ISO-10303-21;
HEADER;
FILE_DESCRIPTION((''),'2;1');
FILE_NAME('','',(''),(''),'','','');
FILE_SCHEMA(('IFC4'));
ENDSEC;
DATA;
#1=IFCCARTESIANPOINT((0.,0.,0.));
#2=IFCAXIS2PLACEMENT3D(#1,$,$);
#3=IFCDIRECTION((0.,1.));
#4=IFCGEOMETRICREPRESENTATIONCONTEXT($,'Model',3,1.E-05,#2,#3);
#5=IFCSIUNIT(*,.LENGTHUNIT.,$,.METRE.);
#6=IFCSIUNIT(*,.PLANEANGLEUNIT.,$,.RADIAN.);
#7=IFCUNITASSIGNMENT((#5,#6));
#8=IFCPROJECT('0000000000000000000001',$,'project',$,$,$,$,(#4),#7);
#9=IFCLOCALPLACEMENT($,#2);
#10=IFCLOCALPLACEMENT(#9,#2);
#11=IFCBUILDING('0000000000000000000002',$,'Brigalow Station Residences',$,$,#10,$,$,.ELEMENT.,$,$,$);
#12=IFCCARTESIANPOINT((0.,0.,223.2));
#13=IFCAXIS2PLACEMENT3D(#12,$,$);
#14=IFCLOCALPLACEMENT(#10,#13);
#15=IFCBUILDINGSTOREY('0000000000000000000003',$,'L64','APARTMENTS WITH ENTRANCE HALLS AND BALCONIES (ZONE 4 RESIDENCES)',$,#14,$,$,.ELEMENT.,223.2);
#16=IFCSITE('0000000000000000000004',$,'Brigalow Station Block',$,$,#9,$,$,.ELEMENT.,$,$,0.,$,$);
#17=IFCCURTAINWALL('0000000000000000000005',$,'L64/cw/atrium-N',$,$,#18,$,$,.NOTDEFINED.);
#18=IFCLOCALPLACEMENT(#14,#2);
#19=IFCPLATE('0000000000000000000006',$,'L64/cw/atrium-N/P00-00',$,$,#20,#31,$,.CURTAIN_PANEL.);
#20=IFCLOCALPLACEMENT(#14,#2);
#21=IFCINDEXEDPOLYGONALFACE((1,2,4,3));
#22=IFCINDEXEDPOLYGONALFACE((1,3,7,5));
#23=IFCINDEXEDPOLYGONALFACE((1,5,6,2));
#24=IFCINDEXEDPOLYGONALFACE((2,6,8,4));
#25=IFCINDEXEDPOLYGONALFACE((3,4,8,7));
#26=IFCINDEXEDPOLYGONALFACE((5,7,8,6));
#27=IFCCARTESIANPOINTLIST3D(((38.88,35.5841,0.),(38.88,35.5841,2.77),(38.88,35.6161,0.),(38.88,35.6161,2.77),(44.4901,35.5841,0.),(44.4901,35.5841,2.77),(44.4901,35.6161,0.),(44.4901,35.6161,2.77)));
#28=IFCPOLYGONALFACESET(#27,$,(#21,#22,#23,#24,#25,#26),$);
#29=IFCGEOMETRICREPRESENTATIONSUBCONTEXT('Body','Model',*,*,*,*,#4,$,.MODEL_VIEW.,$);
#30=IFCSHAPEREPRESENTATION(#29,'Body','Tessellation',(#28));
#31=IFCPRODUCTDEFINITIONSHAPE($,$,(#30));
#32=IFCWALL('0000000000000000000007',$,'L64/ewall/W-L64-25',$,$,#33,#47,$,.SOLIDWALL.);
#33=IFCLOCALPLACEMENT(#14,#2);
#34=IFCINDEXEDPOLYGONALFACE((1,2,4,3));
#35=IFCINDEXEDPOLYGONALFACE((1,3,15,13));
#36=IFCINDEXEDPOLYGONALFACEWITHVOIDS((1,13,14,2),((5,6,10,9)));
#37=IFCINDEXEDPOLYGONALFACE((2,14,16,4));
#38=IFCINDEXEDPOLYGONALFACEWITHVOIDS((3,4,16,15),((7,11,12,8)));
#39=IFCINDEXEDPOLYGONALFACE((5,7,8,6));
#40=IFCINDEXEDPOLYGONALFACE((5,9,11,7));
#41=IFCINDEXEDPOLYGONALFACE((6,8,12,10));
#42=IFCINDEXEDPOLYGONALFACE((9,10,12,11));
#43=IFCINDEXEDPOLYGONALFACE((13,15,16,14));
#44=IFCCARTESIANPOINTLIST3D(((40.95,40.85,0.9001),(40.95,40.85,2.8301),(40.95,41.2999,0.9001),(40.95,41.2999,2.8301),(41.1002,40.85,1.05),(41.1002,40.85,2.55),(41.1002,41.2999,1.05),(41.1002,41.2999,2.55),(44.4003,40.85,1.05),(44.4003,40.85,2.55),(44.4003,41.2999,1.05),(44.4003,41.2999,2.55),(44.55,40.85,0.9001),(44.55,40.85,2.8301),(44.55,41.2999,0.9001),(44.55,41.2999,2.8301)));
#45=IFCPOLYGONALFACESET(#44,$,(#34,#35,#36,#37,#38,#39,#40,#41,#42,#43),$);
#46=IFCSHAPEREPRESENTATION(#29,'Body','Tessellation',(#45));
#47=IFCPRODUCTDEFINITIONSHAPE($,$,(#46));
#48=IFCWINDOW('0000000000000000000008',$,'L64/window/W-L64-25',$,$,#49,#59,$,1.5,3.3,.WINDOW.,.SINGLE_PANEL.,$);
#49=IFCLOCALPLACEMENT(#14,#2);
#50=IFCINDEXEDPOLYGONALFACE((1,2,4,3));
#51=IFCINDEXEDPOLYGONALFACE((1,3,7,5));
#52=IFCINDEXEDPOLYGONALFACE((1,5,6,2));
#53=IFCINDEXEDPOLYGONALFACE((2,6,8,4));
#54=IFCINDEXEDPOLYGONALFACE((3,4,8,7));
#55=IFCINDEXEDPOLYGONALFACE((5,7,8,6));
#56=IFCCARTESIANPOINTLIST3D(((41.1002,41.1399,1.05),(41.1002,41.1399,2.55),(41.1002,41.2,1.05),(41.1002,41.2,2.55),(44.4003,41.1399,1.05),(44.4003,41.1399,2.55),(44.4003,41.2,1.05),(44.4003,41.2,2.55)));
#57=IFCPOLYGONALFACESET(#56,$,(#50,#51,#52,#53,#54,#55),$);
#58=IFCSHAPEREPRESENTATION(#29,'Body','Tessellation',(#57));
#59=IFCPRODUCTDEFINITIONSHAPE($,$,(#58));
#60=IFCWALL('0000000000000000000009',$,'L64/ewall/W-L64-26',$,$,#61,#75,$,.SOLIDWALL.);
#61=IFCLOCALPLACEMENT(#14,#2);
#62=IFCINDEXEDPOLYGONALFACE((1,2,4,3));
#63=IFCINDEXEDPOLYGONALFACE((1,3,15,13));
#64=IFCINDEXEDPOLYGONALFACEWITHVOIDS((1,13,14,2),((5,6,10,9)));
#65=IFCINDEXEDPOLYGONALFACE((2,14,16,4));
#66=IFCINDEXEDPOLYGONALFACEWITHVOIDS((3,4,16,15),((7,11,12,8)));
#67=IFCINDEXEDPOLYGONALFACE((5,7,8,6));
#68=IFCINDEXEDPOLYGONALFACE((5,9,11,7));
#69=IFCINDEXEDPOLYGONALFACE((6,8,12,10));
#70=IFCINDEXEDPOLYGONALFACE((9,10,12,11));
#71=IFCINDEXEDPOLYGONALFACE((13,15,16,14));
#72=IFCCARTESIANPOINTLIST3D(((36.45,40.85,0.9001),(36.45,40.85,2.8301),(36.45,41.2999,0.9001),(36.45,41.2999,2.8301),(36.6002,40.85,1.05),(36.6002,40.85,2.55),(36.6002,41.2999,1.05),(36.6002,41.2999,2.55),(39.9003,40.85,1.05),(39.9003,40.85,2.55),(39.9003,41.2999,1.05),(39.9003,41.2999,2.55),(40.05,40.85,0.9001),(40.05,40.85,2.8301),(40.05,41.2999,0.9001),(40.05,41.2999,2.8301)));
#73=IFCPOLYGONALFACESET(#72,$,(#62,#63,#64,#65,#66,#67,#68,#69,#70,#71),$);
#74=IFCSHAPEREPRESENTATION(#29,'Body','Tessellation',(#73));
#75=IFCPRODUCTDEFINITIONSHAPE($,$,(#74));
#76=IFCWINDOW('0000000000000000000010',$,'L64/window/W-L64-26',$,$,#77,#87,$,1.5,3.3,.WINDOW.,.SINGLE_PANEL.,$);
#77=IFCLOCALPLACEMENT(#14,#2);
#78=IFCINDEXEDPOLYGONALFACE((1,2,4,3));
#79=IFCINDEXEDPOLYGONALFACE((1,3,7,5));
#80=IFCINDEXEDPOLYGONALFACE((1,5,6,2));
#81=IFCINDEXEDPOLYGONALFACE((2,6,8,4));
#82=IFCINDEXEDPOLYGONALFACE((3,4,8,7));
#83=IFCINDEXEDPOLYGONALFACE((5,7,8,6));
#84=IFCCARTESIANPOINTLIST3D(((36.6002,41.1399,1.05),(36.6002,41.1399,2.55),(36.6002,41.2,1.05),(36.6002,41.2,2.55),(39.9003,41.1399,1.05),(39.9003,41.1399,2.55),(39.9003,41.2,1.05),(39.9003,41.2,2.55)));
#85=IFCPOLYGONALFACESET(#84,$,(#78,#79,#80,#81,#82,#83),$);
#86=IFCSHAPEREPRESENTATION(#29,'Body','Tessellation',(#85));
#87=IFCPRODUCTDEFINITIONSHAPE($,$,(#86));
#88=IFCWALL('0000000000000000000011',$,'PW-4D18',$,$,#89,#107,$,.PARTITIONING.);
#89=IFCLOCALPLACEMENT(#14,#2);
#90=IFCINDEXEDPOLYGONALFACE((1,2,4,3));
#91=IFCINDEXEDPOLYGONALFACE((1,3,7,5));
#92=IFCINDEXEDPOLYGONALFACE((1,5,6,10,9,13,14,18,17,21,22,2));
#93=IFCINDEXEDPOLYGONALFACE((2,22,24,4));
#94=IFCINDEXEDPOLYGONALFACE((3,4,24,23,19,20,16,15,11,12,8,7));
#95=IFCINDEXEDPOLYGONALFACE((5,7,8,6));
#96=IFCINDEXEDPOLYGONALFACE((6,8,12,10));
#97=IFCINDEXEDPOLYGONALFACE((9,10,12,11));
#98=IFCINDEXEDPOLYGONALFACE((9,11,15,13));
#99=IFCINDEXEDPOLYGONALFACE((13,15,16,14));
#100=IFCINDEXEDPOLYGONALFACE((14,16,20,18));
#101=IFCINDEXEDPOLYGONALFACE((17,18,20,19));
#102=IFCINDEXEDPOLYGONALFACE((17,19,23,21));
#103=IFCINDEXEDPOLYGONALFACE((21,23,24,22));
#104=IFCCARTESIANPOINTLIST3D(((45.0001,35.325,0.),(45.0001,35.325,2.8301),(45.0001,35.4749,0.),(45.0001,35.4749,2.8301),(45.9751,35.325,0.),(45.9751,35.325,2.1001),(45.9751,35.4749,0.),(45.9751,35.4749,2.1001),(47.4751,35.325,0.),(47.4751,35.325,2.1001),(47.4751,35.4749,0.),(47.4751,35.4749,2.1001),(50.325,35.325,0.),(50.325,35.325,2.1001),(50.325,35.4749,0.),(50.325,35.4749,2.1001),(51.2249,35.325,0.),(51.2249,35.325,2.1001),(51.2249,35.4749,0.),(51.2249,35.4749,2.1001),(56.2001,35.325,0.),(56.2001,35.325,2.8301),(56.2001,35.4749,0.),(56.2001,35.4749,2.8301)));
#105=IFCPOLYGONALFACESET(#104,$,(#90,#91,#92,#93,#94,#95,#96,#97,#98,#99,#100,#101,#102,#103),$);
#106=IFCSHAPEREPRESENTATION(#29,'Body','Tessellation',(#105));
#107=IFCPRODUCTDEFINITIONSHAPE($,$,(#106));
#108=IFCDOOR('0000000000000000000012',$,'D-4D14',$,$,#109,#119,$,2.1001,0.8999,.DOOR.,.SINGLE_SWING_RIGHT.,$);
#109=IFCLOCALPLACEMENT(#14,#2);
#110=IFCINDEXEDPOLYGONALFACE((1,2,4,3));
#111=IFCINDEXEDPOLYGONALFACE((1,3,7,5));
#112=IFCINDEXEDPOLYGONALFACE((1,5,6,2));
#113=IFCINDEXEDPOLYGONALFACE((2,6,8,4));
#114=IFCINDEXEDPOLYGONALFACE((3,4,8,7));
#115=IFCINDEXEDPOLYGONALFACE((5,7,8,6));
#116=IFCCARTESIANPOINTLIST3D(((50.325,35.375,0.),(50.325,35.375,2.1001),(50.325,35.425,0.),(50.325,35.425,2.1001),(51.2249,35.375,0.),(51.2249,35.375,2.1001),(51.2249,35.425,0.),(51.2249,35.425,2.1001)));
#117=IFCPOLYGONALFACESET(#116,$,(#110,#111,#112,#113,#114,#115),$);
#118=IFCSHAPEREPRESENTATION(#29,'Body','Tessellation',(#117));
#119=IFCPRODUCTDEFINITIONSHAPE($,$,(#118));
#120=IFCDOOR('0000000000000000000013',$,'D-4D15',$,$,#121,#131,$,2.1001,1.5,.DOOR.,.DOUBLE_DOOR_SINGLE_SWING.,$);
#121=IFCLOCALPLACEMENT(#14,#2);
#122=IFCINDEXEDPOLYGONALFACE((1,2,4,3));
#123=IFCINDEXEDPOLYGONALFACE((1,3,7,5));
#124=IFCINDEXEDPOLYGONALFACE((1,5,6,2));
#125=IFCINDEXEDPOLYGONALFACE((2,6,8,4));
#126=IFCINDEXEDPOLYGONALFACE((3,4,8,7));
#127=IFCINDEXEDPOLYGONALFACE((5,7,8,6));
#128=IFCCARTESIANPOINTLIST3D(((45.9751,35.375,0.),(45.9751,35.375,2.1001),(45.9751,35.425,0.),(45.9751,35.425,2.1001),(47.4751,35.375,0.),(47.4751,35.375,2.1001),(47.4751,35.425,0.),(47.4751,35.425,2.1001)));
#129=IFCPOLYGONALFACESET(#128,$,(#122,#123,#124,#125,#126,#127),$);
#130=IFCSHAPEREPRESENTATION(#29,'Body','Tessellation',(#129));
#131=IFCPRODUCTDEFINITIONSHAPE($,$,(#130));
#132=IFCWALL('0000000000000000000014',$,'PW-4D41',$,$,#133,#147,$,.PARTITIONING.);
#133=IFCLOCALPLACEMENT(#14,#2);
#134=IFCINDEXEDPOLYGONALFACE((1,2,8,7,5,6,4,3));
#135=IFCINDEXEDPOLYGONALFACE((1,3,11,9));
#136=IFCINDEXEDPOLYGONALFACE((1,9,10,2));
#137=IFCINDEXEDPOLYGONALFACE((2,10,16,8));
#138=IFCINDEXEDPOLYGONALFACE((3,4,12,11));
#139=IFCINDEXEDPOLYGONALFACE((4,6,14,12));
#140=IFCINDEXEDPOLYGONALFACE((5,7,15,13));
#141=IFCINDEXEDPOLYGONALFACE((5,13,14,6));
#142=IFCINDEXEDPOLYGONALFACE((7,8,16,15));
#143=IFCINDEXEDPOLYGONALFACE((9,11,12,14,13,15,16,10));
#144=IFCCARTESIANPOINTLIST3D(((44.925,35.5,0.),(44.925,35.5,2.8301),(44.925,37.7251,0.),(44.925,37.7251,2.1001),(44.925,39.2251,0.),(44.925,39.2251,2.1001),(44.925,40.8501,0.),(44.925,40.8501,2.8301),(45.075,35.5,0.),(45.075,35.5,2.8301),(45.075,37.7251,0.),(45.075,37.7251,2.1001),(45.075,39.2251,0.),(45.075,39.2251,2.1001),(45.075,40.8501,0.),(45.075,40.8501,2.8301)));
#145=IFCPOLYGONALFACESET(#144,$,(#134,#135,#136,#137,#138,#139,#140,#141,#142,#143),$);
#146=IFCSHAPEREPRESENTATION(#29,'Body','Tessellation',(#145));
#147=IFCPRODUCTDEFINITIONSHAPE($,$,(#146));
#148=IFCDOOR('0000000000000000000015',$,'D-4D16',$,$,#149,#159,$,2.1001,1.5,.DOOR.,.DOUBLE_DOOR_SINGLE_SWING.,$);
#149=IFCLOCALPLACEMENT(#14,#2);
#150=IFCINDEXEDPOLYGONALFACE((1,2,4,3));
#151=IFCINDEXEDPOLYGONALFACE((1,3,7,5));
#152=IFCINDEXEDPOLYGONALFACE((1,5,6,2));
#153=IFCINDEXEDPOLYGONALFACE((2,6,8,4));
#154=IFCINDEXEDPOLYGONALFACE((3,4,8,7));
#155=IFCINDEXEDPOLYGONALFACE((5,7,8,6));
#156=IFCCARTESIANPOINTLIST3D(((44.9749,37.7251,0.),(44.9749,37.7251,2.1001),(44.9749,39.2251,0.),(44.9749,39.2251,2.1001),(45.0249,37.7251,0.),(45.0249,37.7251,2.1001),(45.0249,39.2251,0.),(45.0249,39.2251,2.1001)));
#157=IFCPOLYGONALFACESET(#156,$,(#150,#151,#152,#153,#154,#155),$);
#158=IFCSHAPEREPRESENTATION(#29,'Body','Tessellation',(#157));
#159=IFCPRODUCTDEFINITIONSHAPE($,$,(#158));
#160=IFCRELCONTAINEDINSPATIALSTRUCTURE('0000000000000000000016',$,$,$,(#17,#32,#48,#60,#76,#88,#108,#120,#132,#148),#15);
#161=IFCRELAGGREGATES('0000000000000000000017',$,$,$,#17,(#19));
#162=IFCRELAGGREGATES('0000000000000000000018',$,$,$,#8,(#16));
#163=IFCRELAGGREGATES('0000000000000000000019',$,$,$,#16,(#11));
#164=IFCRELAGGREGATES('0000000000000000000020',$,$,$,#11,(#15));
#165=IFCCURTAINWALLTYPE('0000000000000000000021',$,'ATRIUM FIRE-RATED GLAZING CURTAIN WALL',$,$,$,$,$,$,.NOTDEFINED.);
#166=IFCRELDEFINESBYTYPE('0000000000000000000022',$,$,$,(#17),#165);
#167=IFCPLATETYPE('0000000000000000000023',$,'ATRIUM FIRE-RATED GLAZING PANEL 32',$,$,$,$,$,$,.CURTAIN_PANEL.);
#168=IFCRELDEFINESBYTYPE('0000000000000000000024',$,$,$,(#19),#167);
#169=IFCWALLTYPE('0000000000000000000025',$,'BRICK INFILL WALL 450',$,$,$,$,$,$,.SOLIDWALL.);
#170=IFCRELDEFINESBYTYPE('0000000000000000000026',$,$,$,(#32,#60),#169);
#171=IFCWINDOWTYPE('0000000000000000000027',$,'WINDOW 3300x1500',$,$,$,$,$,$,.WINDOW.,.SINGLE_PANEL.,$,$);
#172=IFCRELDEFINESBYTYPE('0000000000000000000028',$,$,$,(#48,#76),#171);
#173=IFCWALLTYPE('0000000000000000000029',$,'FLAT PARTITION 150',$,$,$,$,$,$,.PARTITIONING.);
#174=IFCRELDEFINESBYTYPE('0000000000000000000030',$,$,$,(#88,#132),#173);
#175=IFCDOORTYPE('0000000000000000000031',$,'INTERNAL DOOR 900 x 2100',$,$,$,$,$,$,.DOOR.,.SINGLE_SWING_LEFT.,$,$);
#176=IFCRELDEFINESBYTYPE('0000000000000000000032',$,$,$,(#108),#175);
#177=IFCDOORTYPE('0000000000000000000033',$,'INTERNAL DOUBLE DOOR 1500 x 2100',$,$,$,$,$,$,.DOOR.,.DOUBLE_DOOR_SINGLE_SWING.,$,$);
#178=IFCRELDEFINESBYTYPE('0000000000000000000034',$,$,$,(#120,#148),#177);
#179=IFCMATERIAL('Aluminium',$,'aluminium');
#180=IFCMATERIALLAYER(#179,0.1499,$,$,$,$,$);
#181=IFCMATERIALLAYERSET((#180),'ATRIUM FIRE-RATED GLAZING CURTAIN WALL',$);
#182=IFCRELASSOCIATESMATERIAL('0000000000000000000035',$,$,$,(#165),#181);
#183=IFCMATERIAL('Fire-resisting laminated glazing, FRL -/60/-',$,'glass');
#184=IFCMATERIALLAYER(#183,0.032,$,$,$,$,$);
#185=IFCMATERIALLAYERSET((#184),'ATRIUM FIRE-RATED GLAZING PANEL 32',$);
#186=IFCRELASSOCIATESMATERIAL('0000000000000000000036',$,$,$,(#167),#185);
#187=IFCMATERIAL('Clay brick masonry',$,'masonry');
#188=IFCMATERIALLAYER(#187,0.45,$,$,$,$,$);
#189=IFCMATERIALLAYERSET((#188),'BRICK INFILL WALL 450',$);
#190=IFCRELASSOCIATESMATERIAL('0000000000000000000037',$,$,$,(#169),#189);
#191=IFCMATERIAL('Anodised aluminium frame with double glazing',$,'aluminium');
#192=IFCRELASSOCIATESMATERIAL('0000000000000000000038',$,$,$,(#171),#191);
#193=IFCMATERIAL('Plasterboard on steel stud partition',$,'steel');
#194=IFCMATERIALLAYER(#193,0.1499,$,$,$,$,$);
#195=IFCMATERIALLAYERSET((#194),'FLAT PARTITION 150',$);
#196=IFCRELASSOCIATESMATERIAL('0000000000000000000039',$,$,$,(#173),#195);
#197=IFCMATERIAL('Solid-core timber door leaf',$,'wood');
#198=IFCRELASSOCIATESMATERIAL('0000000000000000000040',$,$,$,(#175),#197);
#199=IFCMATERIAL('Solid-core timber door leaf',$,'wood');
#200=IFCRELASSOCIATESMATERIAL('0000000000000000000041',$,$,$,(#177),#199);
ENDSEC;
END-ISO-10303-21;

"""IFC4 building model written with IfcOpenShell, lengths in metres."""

from ifc_helpers import new_model, si_unit, direction, frame, frame_2d, origin, origin_2d, place, context, subcontext, project, spatial, rectangle, extrude, material, layer, layer_set, type_object, element, fill, aggregate, save


model = new_model("IFC4")

# Units and contexts
model_context = context("Model", 3, precision=1e-05, world=origin(), true_north=direction((0.0, 1.0)))
body_context = subcontext(model_context, "Body", "Model", "MODEL_VIEW")
ifc_project = project(units=[si_unit("LENGTHUNIT", "METRE"), si_unit("PLANEANGLEUNIT", "RADIAN")], contexts=[model_context])

# Site, building, storey
site_placement = place(None, origin())
site = spatial("IfcSite", under=ifc_project, at=site_placement, Name="Brigalow Station Block", CompositionType="ELEMENT", RefElevation=0.0)
building_placement = place(site_placement, origin())
building = spatial("IfcBuilding", under=site, at=building_placement, Name="Brigalow Station Residences", CompositionType="ELEMENT")
storey_placement = place(building_placement, frame((0.0, 0.0, 223.2)))
storey = spatial("IfcBuildingStorey", under=building, at=storey_placement, Name="L64", Description="APARTMENTS WITH ENTRANCE HALLS AND BALCONIES (ZONE 4 RESIDENCES)", CompositionType="ELEMENT", Elevation=223.2)

# Shared definitions
ifc_material_1 = material(Name="Aluminium", Category="aluminium")
ifc_layer_1 = layer(ifc_material_1, 0.1499)
ifc_layer_set_1 = layer_set([ifc_layer_1], Name="ATRIUM FIRE-RATED GLAZING CURTAIN WALL")
curtain_wall_type = type_object("IfcCurtainWallType", Name="ATRIUM FIRE-RATED GLAZING CURTAIN WALL", PredefinedType="NOTDEFINED", material=ifc_layer_set_1)

# Curtain wall
curtain_wall_1_placement = place(storey_placement, origin())
curtain_wall_1 = element("IfcCurtainWall", 1, at=curtain_wall_1_placement, inside=storey, type_object=curtain_wall_type, Name="L64/cw/atrium-N", PredefinedType="NOTDEFINED")

# Plate
ifc_material_2 = material(Name="Fire-resisting laminated glazing, FRL -/60/-", Category="glass")
ifc_layer_2 = layer(ifc_material_2, 0.032)
ifc_layer_set_2 = layer_set([ifc_layer_2], Name="ATRIUM FIRE-RATED GLAZING PANEL 32")
plate_type = type_object("IfcPlateType", Name="ATRIUM FIRE-RATED GLAZING PANEL 32", PredefinedType="CURTAIN_PANEL", material=ifc_layer_set_2)
plate_1_placement = place(storey_placement, frame((41.6851, 35.6001, 0.0), z_axis=(0.0, 0.0, 1.0), x_axis=(-1.0, 0.0, 0.0)))
plate_1 = element("IfcPlate", 2, at=plate_1_placement, type_object=plate_type, Name="L64/cw/atrium-N/P00-00", PredefinedType="CURTAIN_PANEL", context=body_context, shape_type="SweptSolid", body=[
    extrude(rectangle(XDim=5.6101, YDim=0.032, at=origin_2d()), origin(), (0.0, 0.0, 1.0), 2.77),
])
aggregate(curtain_wall_1, [plate_1])

# Walls, openings, windows
ifc_material_3 = material(Name="Clay brick masonry", Category="masonry")
ifc_layer_3 = layer(ifc_material_3, 0.45)
ifc_layer_set_3 = layer_set([ifc_layer_3], Name="BRICK INFILL WALL 450")
wall_type_1 = type_object("IfcWallType", Name="BRICK INFILL WALL 450", PredefinedType="SOLIDWALL", material=ifc_layer_set_3)
wall_1_placement = place(storey_placement, frame((44.55, 41.075, 0.9001), z_axis=(0.0, 0.0, 1.0), x_axis=(-1.0, 0.0, 0.0)))
wall_1 = element("IfcWall", 3, at=wall_1_placement, inside=storey, type_object=wall_type_1, Name="L64/ewall/W-L64-25", PredefinedType="SOLIDWALL", context=body_context, shape_type="SweptSolid", body=[
    extrude(rectangle(XDim=3.6001, YDim=0.45, at=frame_2d((1.8, 0.0))), origin(), (0.0, 0.0, 1.0), 1.9299),
])
opening_1_placement = place(wall_1_placement, frame((0.1499, 0.0, 0.1499)))
opening_1 = element("IfcOpeningElement", 4, at=opening_1_placement, cuts=wall_1, PredefinedType="OPENING", context=body_context, shape_type="SweptSolid", body=[
    extrude(rectangle(XDim=3.3, YDim=1.5, at=frame_2d((1.6499, 0.75))), frame((0.0, 0.2349, 0.0), z_axis=(0.0, -1.0, 0.0), x_axis=(1.0, 0.0, 0.0)), (0.0, 0.0, 1.0), 0.47),
])
ifc_material_4 = material(Name="Anodised aluminium frame with double glazing", Category="aluminium")
window_type = type_object("IfcWindowType", Name="WINDOW 3300x1500", PartitioningType="SINGLE_PANEL", PredefinedType="WINDOW", material=ifc_material_4)
window_1_placement = place(opening_1_placement, origin())
window_1 = element("IfcWindow", 5, at=window_1_placement, inside=storey, type_object=window_type, Name="L64/window/W-L64-25", OverallHeight=1.5, OverallWidth=3.3, PartitioningType="SINGLE_PANEL", PredefinedType="WINDOW", context=body_context, shape_type="SweptSolid", body=[
    extrude(rectangle(XDim=3.3, YDim=1.5, at=frame_2d((1.6499, 0.75))), frame((0.0, -0.0649, 0.0), z_axis=(0.0, -1.0, 0.0), x_axis=(1.0, 0.0, 0.0)), (0.0, 0.0, 1.0), 0.0601),
])
fill(opening_1, window_1)
wall_2_placement = place(storey_placement, frame((40.05, 41.075, 0.9001), z_axis=(0.0, 0.0, 1.0), x_axis=(-1.0, 0.0, 0.0)))
wall_2 = element("IfcWall", 6, at=wall_2_placement, inside=storey, type_object=wall_type_1, Name="L64/ewall/W-L64-26", PredefinedType="SOLIDWALL", context=body_context, shape_type="SweptSolid", body=[
    extrude(rectangle(XDim=3.6001, YDim=0.45, at=frame_2d((1.8, 0.0))), origin(), (0.0, 0.0, 1.0), 1.9299),
])
opening_2_placement = place(wall_2_placement, frame((0.1499, 0.0, 0.1499)))
opening_2 = element("IfcOpeningElement", 7, at=opening_2_placement, cuts=wall_2, PredefinedType="OPENING", context=body_context, shape_type="SweptSolid", body=[
    extrude(rectangle(XDim=3.3, YDim=1.5, at=frame_2d((1.6499, 0.75))), frame((0.0, 0.2349, 0.0), z_axis=(0.0, -1.0, 0.0), x_axis=(1.0, 0.0, 0.0)), (0.0, 0.0, 1.0), 0.47),
])
window_2_placement = place(opening_2_placement, origin())
window_2 = element("IfcWindow", 8, at=window_2_placement, inside=storey, type_object=window_type, Name="L64/window/W-L64-26", OverallHeight=1.5, OverallWidth=3.3, PartitioningType="SINGLE_PANEL", PredefinedType="WINDOW", context=body_context, shape_type="SweptSolid", body=[
    extrude(rectangle(XDim=3.3, YDim=1.5, at=frame_2d((1.6499, 0.75))), frame((0.0, -0.0649, 0.0), z_axis=(0.0, -1.0, 0.0), x_axis=(1.0, 0.0, 0.0)), (0.0, 0.0, 1.0), 0.0601),
])
fill(opening_2, window_2)

# Wall, openings, doors
ifc_material_5 = material(Name="Plasterboard on steel stud partition", Category="steel")
ifc_layer_4 = layer(ifc_material_5, 0.1499)
ifc_layer_set_4 = layer_set([ifc_layer_4], Name="FLAT PARTITION 150")
wall_type_2 = type_object("IfcWallType", Name="FLAT PARTITION 150", PredefinedType="PARTITIONING", material=ifc_layer_set_4)
wall_3_placement = place(storey_placement, frame((45.0, 35.3999, 0.0), z_axis=(0.0, 0.0, 1.0), x_axis=(1.0, 0.0, 0.0)))
wall_3 = element("IfcWall", 9, at=wall_3_placement, inside=storey, type_object=wall_type_2, Name="PW-4D18", PredefinedType="PARTITIONING", context=body_context, shape_type="SweptSolid", body=[
    extrude(rectangle(XDim=11.2, YDim=0.1499, at=frame_2d((5.6001, 0.0))), origin(), (0.0, 0.0, 1.0), 2.8301),
])
opening_3_placement = place(wall_3_placement, frame((5.325, 0.0, 0.0)))
opening_3 = element("IfcOpeningElement", 10, at=opening_3_placement, cuts=wall_3, PredefinedType="OPENING", context=body_context, shape_type="SweptSolid", body=[
    extrude(rectangle(XDim=0.8999, YDim=2.1001, at=frame_2d((0.45, 1.05))), frame((0.0, 0.085, 0.0), z_axis=(0.0, -1.0, 0.0), x_axis=(1.0, 0.0, 0.0)), (0.0, 0.0, 1.0), 0.1699),
])
opening_4_placement = place(wall_3_placement, frame((0.9751, 0.0, 0.0)))
opening_4 = element("IfcOpeningElement", 11, at=opening_4_placement, cuts=wall_3, PredefinedType="OPENING", context=body_context, shape_type="SweptSolid", body=[
    extrude(rectangle(XDim=1.5, YDim=2.1001, at=frame_2d((0.75, 1.05))), frame((0.0, 0.085, 0.0), z_axis=(0.0, -1.0, 0.0), x_axis=(1.0, 0.0, 0.0)), (0.0, 0.0, 1.0), 0.1699),
])
ifc_material_6 = material(Name="Solid-core timber door leaf", Category="wood")
door_type_1 = type_object("IfcDoorType", Name="INTERNAL DOOR 900 x 2100", OperationType="SINGLE_SWING_LEFT", PredefinedType="DOOR", material=ifc_material_6)
door_1_placement = place(opening_3_placement, frame((0.8999, 0.0, 0.0), z_axis=(0.0, 0.0, 1.0), x_axis=(-1.0, 0.0, 0.0)))
door_1 = element("IfcDoor", 12, at=door_1_placement, inside=storey, type_object=door_type_1, Name="D-4D14", OperationType="SINGLE_SWING_RIGHT", OverallHeight=2.1001, OverallWidth=0.8999, PredefinedType="DOOR", context=body_context, shape_type="SweptSolid", body=[
    extrude(rectangle(XDim=0.8999, YDim=2.1001, at=frame_2d((0.45, 1.05))), frame((0.0, 0.0249, 0.0), z_axis=(0.0, -1.0, 0.0), x_axis=(1.0, 0.0, 0.0)), (0.0, 0.0, 1.0), 0.05),
])
fill(opening_3, door_1)
ifc_material_7 = material(Name="Solid-core timber door leaf", Category="wood")
door_type_2 = type_object("IfcDoorType", Name="INTERNAL DOUBLE DOOR 1500 x 2100", OperationType="DOUBLE_DOOR_SINGLE_SWING", PredefinedType="DOOR", material=ifc_material_7)
door_2_placement = place(opening_4_placement, frame((1.5, 0.0, 0.0), z_axis=(0.0, 0.0, 1.0), x_axis=(-1.0, 0.0, 0.0)))
door_2 = element("IfcDoor", 13, at=door_2_placement, inside=storey, type_object=door_type_2, Name="D-4D15", OperationType="DOUBLE_DOOR_SINGLE_SWING", OverallHeight=2.1001, OverallWidth=1.5, PredefinedType="DOOR", context=body_context, shape_type="SweptSolid", body=[
    extrude(rectangle(XDim=1.5, YDim=2.1001, at=frame_2d((0.75, 1.05))), frame((0.0, 0.0249, 0.0), z_axis=(0.0, -1.0, 0.0), x_axis=(1.0, 0.0, 0.0)), (0.0, 0.0, 1.0), 0.05),
])
fill(opening_4, door_2)

# Wall, opening, door
wall_4_placement = place(storey_placement, frame((45.0, 35.5, 0.0), z_axis=(0.0, 0.0, 1.0), x_axis=(0.0, 1.0, 0.0)))
wall_4 = element("IfcWall", 14, at=wall_4_placement, inside=storey, type_object=wall_type_2, Name="PW-4D41", PredefinedType="PARTITIONING", context=body_context, shape_type="SweptSolid", body=[
    extrude(rectangle(XDim=5.3501, YDim=0.1499, at=frame_2d((2.675, 0.0))), origin(), (0.0, 0.0, 1.0), 2.8301),
])
opening_5_placement = place(wall_4_placement, frame((2.2251, 0.0, 0.0)))
opening_5 = element("IfcOpeningElement", 15, at=opening_5_placement, cuts=wall_4, PredefinedType="OPENING", context=body_context, shape_type="SweptSolid", body=[
    extrude(rectangle(XDim=1.5, YDim=2.1001, at=frame_2d((0.75, 1.05))), frame((0.0, 0.085, 0.0), z_axis=(0.0, -1.0, 0.0), x_axis=(1.0, 0.0, 0.0)), (0.0, 0.0, 1.0), 0.1699),
])
door_3_placement = place(opening_5_placement, frame((1.5, 0.0, 0.0), z_axis=(0.0, 0.0, 1.0), x_axis=(-1.0, 0.0, 0.0)))
door_3 = element("IfcDoor", 16, at=door_3_placement, inside=storey, type_object=door_type_2, Name="D-4D16", OperationType="DOUBLE_DOOR_SINGLE_SWING", OverallHeight=2.1001, OverallWidth=1.5, PredefinedType="DOOR", context=body_context, shape_type="SweptSolid", body=[
    extrude(rectangle(XDim=1.5, YDim=2.1001, at=frame_2d((0.75, 1.05))), frame((0.0, 0.0249, 0.0), z_axis=(0.0, -1.0, 0.0), x_axis=(1.0, 0.0, 0.0)), (0.0, 0.0, 1.0), 0.05),
])
fill(opening_5, door_3)

save(model, "model.ifc")
